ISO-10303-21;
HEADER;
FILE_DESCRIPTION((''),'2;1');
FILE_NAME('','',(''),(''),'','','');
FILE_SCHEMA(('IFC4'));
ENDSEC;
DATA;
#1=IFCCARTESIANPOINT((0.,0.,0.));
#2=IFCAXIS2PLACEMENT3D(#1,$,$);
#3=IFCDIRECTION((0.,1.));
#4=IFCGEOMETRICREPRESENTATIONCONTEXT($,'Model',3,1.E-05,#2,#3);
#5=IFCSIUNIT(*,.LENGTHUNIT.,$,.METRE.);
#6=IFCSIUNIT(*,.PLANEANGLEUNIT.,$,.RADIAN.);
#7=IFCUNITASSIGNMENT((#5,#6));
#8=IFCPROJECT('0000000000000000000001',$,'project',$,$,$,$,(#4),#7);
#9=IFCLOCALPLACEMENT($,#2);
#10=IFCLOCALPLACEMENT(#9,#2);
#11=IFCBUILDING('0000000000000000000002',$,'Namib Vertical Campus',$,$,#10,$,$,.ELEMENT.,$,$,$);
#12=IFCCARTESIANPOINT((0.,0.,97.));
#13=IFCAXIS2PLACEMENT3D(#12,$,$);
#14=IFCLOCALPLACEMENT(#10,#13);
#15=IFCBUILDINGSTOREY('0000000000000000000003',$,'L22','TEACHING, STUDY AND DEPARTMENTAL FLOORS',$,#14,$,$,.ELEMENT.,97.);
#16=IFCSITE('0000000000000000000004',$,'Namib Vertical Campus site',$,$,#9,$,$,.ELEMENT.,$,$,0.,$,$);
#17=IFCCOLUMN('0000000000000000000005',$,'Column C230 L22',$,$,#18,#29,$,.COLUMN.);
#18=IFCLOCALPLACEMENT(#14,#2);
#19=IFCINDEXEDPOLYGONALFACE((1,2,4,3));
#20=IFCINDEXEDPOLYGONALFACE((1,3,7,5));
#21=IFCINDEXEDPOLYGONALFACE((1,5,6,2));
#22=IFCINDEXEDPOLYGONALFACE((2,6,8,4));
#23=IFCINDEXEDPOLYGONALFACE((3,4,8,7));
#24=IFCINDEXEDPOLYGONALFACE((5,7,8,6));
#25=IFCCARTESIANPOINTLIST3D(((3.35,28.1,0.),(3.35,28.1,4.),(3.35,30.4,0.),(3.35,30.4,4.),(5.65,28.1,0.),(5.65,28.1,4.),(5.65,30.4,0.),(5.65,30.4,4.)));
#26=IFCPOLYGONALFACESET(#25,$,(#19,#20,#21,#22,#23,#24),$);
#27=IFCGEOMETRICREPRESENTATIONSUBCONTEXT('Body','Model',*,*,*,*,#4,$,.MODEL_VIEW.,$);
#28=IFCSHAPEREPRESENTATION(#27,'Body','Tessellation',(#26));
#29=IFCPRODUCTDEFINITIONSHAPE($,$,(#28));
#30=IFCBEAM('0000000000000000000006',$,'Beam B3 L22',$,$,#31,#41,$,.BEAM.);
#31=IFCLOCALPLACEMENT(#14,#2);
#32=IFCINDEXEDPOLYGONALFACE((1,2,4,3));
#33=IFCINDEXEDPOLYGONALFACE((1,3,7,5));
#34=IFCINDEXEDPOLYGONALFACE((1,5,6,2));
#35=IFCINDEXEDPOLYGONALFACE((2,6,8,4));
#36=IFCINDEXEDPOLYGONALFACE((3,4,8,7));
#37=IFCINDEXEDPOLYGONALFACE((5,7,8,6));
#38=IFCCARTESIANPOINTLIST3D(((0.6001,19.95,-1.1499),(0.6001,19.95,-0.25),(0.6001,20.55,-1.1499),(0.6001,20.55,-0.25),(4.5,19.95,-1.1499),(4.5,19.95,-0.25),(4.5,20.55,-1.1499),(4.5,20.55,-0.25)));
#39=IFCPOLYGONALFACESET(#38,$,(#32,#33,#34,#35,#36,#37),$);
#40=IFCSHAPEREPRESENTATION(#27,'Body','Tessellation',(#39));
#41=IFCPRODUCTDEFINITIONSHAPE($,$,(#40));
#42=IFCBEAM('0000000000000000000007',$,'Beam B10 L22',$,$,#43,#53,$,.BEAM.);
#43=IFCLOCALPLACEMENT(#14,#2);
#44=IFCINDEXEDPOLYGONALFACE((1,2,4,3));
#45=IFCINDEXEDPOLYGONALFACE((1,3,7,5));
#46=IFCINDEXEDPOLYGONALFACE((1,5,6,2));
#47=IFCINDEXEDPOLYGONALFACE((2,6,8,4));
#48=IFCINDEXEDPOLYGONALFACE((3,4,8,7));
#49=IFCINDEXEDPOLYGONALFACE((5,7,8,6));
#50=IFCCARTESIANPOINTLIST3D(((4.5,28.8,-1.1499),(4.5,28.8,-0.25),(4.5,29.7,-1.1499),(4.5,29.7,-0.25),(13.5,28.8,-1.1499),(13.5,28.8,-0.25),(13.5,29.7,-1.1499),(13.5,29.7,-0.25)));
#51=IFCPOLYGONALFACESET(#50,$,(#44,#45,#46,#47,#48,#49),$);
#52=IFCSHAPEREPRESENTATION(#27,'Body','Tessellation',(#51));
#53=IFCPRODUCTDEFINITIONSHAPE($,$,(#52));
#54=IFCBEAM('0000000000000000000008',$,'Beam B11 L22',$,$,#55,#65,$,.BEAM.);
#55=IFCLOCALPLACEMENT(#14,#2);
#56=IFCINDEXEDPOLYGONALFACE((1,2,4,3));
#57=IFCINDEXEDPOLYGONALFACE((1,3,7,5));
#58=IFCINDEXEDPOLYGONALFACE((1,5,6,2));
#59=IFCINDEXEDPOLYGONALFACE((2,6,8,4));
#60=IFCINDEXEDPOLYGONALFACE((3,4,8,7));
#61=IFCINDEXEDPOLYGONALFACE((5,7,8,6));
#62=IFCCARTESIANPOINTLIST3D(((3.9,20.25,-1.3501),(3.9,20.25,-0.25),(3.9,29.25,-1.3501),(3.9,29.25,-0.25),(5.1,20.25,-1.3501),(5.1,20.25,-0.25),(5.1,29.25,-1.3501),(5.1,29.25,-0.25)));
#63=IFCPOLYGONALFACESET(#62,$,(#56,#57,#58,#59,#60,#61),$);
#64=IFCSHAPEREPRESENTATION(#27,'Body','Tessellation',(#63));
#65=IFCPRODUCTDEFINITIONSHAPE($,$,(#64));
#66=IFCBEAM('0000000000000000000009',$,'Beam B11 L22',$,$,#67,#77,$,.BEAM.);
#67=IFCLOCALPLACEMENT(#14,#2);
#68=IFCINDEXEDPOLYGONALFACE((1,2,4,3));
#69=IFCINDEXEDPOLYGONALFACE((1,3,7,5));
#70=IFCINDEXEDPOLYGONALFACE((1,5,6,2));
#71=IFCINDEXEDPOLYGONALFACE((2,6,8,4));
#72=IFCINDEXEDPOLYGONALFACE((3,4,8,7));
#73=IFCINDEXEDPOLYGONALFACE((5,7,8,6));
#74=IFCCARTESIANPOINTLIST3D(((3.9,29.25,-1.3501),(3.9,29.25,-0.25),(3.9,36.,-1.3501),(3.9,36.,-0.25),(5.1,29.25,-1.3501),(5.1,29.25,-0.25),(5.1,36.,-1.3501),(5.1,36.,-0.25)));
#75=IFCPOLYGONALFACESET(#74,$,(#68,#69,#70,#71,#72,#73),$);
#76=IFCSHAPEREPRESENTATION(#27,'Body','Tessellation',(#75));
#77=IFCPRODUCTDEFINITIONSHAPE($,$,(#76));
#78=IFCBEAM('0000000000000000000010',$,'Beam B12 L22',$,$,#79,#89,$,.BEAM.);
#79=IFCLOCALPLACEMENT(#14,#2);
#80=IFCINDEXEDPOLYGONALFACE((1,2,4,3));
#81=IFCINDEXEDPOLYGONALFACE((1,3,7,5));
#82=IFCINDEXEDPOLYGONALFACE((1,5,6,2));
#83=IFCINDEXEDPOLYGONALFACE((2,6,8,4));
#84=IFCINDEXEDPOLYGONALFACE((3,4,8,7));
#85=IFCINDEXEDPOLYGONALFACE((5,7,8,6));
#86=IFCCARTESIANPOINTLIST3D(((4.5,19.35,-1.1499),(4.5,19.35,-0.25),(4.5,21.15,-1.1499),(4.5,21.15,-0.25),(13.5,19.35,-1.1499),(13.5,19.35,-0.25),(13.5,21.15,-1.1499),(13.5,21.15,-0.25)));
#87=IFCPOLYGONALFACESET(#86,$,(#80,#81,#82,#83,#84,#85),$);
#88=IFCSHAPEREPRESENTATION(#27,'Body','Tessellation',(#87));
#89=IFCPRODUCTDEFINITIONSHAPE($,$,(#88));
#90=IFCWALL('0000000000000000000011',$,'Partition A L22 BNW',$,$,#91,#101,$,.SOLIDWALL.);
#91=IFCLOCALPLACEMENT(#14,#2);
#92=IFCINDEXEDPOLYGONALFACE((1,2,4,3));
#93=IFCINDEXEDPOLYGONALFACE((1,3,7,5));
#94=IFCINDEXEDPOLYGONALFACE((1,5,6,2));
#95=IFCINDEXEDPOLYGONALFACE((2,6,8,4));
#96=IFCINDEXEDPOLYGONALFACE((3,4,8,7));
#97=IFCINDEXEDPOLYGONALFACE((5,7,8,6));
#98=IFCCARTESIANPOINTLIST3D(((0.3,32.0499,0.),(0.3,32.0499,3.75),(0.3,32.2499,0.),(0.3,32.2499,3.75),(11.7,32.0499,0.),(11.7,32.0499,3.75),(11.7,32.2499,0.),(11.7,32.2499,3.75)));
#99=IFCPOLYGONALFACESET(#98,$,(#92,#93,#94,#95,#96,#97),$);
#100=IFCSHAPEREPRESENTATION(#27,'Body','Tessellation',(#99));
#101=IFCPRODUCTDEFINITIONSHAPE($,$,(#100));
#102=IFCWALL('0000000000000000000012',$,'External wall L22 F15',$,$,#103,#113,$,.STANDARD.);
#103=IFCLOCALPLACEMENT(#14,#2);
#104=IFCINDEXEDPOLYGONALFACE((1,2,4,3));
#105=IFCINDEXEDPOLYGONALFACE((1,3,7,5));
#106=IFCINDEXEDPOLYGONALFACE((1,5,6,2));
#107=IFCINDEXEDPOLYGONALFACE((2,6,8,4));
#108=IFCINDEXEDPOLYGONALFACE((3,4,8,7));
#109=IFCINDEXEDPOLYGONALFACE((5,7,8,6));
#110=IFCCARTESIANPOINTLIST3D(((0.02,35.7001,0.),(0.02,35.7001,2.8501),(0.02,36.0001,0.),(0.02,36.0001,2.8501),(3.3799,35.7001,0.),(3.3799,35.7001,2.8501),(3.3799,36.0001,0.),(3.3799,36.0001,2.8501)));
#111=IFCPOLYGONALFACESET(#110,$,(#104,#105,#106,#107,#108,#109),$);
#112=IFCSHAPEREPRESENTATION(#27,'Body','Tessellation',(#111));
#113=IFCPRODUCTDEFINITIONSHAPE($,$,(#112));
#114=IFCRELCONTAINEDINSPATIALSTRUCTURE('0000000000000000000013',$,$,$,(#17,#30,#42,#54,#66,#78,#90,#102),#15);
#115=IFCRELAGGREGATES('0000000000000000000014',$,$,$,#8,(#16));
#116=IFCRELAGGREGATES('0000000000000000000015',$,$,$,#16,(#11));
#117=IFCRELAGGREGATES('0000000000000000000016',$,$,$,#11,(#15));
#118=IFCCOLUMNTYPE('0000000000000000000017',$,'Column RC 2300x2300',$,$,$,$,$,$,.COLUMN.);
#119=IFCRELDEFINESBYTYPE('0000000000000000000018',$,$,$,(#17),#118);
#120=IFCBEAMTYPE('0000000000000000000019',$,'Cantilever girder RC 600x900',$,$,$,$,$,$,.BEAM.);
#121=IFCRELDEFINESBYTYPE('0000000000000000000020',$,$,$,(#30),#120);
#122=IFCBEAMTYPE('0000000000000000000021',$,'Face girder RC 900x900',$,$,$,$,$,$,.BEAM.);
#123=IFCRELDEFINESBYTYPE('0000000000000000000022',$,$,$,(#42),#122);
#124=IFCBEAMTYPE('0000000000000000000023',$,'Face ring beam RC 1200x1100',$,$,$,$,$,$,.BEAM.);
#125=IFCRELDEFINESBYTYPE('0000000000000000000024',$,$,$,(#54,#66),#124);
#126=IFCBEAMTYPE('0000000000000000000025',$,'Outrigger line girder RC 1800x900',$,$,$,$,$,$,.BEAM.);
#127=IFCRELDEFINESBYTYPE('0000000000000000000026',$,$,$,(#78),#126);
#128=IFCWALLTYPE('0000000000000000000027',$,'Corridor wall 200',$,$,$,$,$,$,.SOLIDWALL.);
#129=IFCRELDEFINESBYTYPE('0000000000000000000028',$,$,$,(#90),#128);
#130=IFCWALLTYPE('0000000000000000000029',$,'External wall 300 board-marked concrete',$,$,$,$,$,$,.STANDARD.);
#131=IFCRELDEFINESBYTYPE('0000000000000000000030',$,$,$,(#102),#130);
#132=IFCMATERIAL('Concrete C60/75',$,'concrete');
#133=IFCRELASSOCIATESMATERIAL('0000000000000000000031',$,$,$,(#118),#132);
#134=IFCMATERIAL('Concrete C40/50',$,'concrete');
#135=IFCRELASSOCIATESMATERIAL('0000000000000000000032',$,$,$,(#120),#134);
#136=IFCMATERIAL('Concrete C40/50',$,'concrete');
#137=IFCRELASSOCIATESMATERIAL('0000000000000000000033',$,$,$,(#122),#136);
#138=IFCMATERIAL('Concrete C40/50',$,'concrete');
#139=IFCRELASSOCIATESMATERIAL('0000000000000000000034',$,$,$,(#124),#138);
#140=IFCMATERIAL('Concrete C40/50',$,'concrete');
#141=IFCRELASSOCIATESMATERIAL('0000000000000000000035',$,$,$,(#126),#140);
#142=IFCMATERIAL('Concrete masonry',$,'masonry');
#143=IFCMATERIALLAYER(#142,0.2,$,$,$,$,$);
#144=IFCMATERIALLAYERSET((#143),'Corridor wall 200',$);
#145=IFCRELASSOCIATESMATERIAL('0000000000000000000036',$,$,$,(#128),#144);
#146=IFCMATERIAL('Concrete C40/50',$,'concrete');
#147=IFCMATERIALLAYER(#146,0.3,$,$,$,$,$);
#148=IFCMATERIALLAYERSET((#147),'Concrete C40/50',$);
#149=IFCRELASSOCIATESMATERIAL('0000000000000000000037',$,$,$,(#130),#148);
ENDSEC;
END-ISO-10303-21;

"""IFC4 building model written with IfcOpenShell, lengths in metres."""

from ifc_helpers import new_model, si_unit, direction, frame, frame_2d, origin, origin_2d, place, context, subcontext, project, spatial, rectangle, extrude, material, layer, layer_set, material_profile, profile_set, type_object, element, save


model = new_model("IFC4")

# Units and contexts
model_context = context("Model", 3, precision=1e-05, world=origin(), true_north=direction((0.0, 1.0)))
body_context = subcontext(model_context, "Body", "Model", "MODEL_VIEW")
ifc_project = project(units=[si_unit("LENGTHUNIT", "METRE"), si_unit("PLANEANGLEUNIT", "RADIAN")], contexts=[model_context])

# Site, building, storey
site_placement = place(None, origin())
site = spatial("IfcSite", under=ifc_project, at=site_placement, Name="Namib Vertical Campus site", CompositionType="ELEMENT", RefElevation=0.0)
building_placement = place(site_placement, origin())
building = spatial("IfcBuilding", under=site, at=building_placement, Name="Namib Vertical Campus", CompositionType="ELEMENT")
storey_placement = place(building_placement, frame((0.0, 0.0, 97.0)))
storey = spatial("IfcBuildingStorey", under=building, at=storey_placement, Name="L22", Description="TEACHING, STUDY AND DEPARTMENTAL FLOORS", CompositionType="ELEMENT", Elevation=97.0)

# Column
ifc_material_1 = material(Name="Concrete C60/75", Category="concrete")
ifc_material_profile_1 = material_profile(ifc_material_1, rectangle(XDim=2.3, YDim=2.3, at=origin_2d()))
ifc_profile_set_1 = profile_set([ifc_material_profile_1], Name="Concrete C60/75")
column_type = type_object("IfcColumnType", Name="Column RC 2300x2300", PredefinedType="COLUMN", material=ifc_profile_set_1)
column_placement = place(storey_placement, frame((4.5, 29.25, 0.0), z_axis=(0.0, 0.0, 1.0), x_axis=(1.0, 0.0, 0.0)))
element("IfcColumn", 1, at=column_placement, inside=storey, type_object=column_type, Name="Column C230 L22", PredefinedType="COLUMN", context=body_context, shape_type="SweptSolid", body=[
    extrude(rectangle(XDim=2.3, YDim=2.3, at=origin_2d()), origin(), (0.0, 0.0, 1.0), 4.0),
])

# Beams
ifc_material_2 = material(Name="Concrete C40/50", Category="concrete")
ifc_material_profile_2 = material_profile(ifc_material_2, rectangle(XDim=0.6001, YDim=0.8999, at=origin_2d()))
ifc_profile_set_2 = profile_set([ifc_material_profile_2], Name="Concrete C40/50")
beam_type_1 = type_object("IfcBeamType", Name="Cantilever girder RC 600x900", PredefinedType="BEAM", material=ifc_profile_set_2)
beam_1_placement = place(storey_placement, frame((4.5, 20.25, -0.7), z_axis=(-1.0, 0.0, 0.0), x_axis=(0.0, -1.0, 0.0)))
element("IfcBeam", 2, at=beam_1_placement, inside=storey, type_object=beam_type_1, Name="Beam B3 L22", PredefinedType="BEAM", context=body_context, shape_type="SweptSolid", body=[
    extrude(rectangle(XDim=0.6001, YDim=0.8999, at=origin_2d()), origin(), (0.0, 0.0, 1.0), 3.8999),
])
ifc_material_3 = material(Name="Concrete C40/50", Category="concrete")
ifc_material_profile_3 = material_profile(ifc_material_3, rectangle(XDim=0.8999, YDim=0.8999, at=origin_2d()))
ifc_profile_set_3 = profile_set([ifc_material_profile_3], Name="Concrete C40/50")
beam_type_2 = type_object("IfcBeamType", Name="Face girder RC 900x900", PredefinedType="BEAM", material=ifc_profile_set_3)
beam_2_placement = place(storey_placement, frame((4.5, 29.25, -0.7), z_axis=(1.0, 0.0, 0.0), x_axis=(0.0, 1.0, 0.0)))
element("IfcBeam", 3, at=beam_2_placement, inside=storey, type_object=beam_type_2, Name="Beam B10 L22", PredefinedType="BEAM", context=body_context, shape_type="SweptSolid", body=[
    extrude(rectangle(XDim=0.8999, YDim=0.8999, at=origin_2d()), origin(), (0.0, 0.0, 1.0), 9.0),
])
ifc_material_4 = material(Name="Concrete C40/50", Category="concrete")
ifc_material_profile_4 = material_profile(ifc_material_4, rectangle(XDim=1.2, YDim=1.1001, at=origin_2d()))
ifc_profile_set_4 = profile_set([ifc_material_profile_4], Name="Concrete C40/50")
beam_type_3 = type_object("IfcBeamType", Name="Face ring beam RC 1200x1100", PredefinedType="BEAM", material=ifc_profile_set_4)
beam_3_placement = place(storey_placement, frame((4.5, 20.25, -0.8), z_axis=(0.0, 1.0, 0.0), x_axis=(-1.0, 0.0, 0.0)))
element("IfcBeam", 4, at=beam_3_placement, inside=storey, type_object=beam_type_3, Name="Beam B11 L22", PredefinedType="BEAM", context=body_context, shape_type="SweptSolid", body=[
    extrude(rectangle(XDim=1.2, YDim=1.1001, at=origin_2d()), origin(), (0.0, 0.0, 1.0), 9.0),
])
beam_4_placement = place(storey_placement, frame((4.5, 29.25, -0.8), z_axis=(0.0, 1.0, 0.0), x_axis=(-1.0, 0.0, 0.0)))
element("IfcBeam", 5, at=beam_4_placement, inside=storey, type_object=beam_type_3, Name="Beam B11 L22", PredefinedType="BEAM", context=body_context, shape_type="SweptSolid", body=[
    extrude(rectangle(XDim=1.2, YDim=1.1001, at=origin_2d()), origin(), (0.0, 0.0, 1.0), 6.75),
])
ifc_material_5 = material(Name="Concrete C40/50", Category="concrete")
ifc_material_profile_5 = material_profile(ifc_material_5, rectangle(XDim=1.8, YDim=0.8999, at=origin_2d()))
ifc_profile_set_5 = profile_set([ifc_material_profile_5], Name="Concrete C40/50")
beam_type_4 = type_object("IfcBeamType", Name="Outrigger line girder RC 1800x900", PredefinedType="BEAM", material=ifc_profile_set_5)
beam_5_placement = place(storey_placement, frame((4.5, 20.25, -0.7), z_axis=(1.0, 0.0, 0.0), x_axis=(0.0, 1.0, 0.0)))
element("IfcBeam", 6, at=beam_5_placement, inside=storey, type_object=beam_type_4, Name="Beam B12 L22", PredefinedType="BEAM", context=body_context, shape_type="SweptSolid", body=[
    extrude(rectangle(XDim=1.8, YDim=0.8999, at=origin_2d()), origin(), (0.0, 0.0, 1.0), 9.0),
])

# Walls
ifc_material_6 = material(Name="Concrete masonry", Category="masonry")
ifc_layer_1 = layer(ifc_material_6, 0.2)
ifc_layer_set_1 = layer_set([ifc_layer_1], Name="Corridor wall 200")
wall_type_1 = type_object("IfcWallType", Name="Corridor wall 200", PredefinedType="SOLIDWALL", material=ifc_layer_set_1)
wall_1_placement = place(storey_placement, frame((0.3, 32.1499, 0.0), z_axis=(0.0, 0.0, 1.0), x_axis=(1.0, 0.0, 0.0)))
element("IfcWall", 7, at=wall_1_placement, inside=storey, type_object=wall_type_1, Name="Partition A L22 BNW", PredefinedType="SOLIDWALL", context=body_context, shape_type="SweptSolid", body=[
    extrude(rectangle(XDim=11.3999, YDim=0.2, at=frame_2d((5.7, 0.0))), origin(), (0.0, 0.0, 1.0), 3.75),
])
ifc_material_7 = material(Name="Concrete C40/50", Category="concrete")
ifc_layer_2 = layer(ifc_material_7, 0.3)
ifc_layer_set_2 = layer_set([ifc_layer_2], Name="Concrete C40/50")
wall_type_2 = type_object("IfcWallType", Name="External wall 300 board-marked concrete", PredefinedType="STANDARD", material=ifc_layer_set_2)
wall_2_placement = place(storey_placement, frame((3.3799, 35.8501, 0.0), z_axis=(0.0, 0.0, 1.0), x_axis=(-1.0, 0.0, 0.0)))
element("IfcWall", 8, at=wall_2_placement, inside=storey, type_object=wall_type_2, Name="External wall L22 F15", PredefinedType="STANDARD", context=body_context, shape_type="SweptSolid", body=[
    extrude(rectangle(XDim=3.3599, YDim=0.3, at=frame_2d((1.6799, 0.0))), origin(), (0.0, 0.0, 1.0), 2.8501),
])

save(model, "model.ifc")
